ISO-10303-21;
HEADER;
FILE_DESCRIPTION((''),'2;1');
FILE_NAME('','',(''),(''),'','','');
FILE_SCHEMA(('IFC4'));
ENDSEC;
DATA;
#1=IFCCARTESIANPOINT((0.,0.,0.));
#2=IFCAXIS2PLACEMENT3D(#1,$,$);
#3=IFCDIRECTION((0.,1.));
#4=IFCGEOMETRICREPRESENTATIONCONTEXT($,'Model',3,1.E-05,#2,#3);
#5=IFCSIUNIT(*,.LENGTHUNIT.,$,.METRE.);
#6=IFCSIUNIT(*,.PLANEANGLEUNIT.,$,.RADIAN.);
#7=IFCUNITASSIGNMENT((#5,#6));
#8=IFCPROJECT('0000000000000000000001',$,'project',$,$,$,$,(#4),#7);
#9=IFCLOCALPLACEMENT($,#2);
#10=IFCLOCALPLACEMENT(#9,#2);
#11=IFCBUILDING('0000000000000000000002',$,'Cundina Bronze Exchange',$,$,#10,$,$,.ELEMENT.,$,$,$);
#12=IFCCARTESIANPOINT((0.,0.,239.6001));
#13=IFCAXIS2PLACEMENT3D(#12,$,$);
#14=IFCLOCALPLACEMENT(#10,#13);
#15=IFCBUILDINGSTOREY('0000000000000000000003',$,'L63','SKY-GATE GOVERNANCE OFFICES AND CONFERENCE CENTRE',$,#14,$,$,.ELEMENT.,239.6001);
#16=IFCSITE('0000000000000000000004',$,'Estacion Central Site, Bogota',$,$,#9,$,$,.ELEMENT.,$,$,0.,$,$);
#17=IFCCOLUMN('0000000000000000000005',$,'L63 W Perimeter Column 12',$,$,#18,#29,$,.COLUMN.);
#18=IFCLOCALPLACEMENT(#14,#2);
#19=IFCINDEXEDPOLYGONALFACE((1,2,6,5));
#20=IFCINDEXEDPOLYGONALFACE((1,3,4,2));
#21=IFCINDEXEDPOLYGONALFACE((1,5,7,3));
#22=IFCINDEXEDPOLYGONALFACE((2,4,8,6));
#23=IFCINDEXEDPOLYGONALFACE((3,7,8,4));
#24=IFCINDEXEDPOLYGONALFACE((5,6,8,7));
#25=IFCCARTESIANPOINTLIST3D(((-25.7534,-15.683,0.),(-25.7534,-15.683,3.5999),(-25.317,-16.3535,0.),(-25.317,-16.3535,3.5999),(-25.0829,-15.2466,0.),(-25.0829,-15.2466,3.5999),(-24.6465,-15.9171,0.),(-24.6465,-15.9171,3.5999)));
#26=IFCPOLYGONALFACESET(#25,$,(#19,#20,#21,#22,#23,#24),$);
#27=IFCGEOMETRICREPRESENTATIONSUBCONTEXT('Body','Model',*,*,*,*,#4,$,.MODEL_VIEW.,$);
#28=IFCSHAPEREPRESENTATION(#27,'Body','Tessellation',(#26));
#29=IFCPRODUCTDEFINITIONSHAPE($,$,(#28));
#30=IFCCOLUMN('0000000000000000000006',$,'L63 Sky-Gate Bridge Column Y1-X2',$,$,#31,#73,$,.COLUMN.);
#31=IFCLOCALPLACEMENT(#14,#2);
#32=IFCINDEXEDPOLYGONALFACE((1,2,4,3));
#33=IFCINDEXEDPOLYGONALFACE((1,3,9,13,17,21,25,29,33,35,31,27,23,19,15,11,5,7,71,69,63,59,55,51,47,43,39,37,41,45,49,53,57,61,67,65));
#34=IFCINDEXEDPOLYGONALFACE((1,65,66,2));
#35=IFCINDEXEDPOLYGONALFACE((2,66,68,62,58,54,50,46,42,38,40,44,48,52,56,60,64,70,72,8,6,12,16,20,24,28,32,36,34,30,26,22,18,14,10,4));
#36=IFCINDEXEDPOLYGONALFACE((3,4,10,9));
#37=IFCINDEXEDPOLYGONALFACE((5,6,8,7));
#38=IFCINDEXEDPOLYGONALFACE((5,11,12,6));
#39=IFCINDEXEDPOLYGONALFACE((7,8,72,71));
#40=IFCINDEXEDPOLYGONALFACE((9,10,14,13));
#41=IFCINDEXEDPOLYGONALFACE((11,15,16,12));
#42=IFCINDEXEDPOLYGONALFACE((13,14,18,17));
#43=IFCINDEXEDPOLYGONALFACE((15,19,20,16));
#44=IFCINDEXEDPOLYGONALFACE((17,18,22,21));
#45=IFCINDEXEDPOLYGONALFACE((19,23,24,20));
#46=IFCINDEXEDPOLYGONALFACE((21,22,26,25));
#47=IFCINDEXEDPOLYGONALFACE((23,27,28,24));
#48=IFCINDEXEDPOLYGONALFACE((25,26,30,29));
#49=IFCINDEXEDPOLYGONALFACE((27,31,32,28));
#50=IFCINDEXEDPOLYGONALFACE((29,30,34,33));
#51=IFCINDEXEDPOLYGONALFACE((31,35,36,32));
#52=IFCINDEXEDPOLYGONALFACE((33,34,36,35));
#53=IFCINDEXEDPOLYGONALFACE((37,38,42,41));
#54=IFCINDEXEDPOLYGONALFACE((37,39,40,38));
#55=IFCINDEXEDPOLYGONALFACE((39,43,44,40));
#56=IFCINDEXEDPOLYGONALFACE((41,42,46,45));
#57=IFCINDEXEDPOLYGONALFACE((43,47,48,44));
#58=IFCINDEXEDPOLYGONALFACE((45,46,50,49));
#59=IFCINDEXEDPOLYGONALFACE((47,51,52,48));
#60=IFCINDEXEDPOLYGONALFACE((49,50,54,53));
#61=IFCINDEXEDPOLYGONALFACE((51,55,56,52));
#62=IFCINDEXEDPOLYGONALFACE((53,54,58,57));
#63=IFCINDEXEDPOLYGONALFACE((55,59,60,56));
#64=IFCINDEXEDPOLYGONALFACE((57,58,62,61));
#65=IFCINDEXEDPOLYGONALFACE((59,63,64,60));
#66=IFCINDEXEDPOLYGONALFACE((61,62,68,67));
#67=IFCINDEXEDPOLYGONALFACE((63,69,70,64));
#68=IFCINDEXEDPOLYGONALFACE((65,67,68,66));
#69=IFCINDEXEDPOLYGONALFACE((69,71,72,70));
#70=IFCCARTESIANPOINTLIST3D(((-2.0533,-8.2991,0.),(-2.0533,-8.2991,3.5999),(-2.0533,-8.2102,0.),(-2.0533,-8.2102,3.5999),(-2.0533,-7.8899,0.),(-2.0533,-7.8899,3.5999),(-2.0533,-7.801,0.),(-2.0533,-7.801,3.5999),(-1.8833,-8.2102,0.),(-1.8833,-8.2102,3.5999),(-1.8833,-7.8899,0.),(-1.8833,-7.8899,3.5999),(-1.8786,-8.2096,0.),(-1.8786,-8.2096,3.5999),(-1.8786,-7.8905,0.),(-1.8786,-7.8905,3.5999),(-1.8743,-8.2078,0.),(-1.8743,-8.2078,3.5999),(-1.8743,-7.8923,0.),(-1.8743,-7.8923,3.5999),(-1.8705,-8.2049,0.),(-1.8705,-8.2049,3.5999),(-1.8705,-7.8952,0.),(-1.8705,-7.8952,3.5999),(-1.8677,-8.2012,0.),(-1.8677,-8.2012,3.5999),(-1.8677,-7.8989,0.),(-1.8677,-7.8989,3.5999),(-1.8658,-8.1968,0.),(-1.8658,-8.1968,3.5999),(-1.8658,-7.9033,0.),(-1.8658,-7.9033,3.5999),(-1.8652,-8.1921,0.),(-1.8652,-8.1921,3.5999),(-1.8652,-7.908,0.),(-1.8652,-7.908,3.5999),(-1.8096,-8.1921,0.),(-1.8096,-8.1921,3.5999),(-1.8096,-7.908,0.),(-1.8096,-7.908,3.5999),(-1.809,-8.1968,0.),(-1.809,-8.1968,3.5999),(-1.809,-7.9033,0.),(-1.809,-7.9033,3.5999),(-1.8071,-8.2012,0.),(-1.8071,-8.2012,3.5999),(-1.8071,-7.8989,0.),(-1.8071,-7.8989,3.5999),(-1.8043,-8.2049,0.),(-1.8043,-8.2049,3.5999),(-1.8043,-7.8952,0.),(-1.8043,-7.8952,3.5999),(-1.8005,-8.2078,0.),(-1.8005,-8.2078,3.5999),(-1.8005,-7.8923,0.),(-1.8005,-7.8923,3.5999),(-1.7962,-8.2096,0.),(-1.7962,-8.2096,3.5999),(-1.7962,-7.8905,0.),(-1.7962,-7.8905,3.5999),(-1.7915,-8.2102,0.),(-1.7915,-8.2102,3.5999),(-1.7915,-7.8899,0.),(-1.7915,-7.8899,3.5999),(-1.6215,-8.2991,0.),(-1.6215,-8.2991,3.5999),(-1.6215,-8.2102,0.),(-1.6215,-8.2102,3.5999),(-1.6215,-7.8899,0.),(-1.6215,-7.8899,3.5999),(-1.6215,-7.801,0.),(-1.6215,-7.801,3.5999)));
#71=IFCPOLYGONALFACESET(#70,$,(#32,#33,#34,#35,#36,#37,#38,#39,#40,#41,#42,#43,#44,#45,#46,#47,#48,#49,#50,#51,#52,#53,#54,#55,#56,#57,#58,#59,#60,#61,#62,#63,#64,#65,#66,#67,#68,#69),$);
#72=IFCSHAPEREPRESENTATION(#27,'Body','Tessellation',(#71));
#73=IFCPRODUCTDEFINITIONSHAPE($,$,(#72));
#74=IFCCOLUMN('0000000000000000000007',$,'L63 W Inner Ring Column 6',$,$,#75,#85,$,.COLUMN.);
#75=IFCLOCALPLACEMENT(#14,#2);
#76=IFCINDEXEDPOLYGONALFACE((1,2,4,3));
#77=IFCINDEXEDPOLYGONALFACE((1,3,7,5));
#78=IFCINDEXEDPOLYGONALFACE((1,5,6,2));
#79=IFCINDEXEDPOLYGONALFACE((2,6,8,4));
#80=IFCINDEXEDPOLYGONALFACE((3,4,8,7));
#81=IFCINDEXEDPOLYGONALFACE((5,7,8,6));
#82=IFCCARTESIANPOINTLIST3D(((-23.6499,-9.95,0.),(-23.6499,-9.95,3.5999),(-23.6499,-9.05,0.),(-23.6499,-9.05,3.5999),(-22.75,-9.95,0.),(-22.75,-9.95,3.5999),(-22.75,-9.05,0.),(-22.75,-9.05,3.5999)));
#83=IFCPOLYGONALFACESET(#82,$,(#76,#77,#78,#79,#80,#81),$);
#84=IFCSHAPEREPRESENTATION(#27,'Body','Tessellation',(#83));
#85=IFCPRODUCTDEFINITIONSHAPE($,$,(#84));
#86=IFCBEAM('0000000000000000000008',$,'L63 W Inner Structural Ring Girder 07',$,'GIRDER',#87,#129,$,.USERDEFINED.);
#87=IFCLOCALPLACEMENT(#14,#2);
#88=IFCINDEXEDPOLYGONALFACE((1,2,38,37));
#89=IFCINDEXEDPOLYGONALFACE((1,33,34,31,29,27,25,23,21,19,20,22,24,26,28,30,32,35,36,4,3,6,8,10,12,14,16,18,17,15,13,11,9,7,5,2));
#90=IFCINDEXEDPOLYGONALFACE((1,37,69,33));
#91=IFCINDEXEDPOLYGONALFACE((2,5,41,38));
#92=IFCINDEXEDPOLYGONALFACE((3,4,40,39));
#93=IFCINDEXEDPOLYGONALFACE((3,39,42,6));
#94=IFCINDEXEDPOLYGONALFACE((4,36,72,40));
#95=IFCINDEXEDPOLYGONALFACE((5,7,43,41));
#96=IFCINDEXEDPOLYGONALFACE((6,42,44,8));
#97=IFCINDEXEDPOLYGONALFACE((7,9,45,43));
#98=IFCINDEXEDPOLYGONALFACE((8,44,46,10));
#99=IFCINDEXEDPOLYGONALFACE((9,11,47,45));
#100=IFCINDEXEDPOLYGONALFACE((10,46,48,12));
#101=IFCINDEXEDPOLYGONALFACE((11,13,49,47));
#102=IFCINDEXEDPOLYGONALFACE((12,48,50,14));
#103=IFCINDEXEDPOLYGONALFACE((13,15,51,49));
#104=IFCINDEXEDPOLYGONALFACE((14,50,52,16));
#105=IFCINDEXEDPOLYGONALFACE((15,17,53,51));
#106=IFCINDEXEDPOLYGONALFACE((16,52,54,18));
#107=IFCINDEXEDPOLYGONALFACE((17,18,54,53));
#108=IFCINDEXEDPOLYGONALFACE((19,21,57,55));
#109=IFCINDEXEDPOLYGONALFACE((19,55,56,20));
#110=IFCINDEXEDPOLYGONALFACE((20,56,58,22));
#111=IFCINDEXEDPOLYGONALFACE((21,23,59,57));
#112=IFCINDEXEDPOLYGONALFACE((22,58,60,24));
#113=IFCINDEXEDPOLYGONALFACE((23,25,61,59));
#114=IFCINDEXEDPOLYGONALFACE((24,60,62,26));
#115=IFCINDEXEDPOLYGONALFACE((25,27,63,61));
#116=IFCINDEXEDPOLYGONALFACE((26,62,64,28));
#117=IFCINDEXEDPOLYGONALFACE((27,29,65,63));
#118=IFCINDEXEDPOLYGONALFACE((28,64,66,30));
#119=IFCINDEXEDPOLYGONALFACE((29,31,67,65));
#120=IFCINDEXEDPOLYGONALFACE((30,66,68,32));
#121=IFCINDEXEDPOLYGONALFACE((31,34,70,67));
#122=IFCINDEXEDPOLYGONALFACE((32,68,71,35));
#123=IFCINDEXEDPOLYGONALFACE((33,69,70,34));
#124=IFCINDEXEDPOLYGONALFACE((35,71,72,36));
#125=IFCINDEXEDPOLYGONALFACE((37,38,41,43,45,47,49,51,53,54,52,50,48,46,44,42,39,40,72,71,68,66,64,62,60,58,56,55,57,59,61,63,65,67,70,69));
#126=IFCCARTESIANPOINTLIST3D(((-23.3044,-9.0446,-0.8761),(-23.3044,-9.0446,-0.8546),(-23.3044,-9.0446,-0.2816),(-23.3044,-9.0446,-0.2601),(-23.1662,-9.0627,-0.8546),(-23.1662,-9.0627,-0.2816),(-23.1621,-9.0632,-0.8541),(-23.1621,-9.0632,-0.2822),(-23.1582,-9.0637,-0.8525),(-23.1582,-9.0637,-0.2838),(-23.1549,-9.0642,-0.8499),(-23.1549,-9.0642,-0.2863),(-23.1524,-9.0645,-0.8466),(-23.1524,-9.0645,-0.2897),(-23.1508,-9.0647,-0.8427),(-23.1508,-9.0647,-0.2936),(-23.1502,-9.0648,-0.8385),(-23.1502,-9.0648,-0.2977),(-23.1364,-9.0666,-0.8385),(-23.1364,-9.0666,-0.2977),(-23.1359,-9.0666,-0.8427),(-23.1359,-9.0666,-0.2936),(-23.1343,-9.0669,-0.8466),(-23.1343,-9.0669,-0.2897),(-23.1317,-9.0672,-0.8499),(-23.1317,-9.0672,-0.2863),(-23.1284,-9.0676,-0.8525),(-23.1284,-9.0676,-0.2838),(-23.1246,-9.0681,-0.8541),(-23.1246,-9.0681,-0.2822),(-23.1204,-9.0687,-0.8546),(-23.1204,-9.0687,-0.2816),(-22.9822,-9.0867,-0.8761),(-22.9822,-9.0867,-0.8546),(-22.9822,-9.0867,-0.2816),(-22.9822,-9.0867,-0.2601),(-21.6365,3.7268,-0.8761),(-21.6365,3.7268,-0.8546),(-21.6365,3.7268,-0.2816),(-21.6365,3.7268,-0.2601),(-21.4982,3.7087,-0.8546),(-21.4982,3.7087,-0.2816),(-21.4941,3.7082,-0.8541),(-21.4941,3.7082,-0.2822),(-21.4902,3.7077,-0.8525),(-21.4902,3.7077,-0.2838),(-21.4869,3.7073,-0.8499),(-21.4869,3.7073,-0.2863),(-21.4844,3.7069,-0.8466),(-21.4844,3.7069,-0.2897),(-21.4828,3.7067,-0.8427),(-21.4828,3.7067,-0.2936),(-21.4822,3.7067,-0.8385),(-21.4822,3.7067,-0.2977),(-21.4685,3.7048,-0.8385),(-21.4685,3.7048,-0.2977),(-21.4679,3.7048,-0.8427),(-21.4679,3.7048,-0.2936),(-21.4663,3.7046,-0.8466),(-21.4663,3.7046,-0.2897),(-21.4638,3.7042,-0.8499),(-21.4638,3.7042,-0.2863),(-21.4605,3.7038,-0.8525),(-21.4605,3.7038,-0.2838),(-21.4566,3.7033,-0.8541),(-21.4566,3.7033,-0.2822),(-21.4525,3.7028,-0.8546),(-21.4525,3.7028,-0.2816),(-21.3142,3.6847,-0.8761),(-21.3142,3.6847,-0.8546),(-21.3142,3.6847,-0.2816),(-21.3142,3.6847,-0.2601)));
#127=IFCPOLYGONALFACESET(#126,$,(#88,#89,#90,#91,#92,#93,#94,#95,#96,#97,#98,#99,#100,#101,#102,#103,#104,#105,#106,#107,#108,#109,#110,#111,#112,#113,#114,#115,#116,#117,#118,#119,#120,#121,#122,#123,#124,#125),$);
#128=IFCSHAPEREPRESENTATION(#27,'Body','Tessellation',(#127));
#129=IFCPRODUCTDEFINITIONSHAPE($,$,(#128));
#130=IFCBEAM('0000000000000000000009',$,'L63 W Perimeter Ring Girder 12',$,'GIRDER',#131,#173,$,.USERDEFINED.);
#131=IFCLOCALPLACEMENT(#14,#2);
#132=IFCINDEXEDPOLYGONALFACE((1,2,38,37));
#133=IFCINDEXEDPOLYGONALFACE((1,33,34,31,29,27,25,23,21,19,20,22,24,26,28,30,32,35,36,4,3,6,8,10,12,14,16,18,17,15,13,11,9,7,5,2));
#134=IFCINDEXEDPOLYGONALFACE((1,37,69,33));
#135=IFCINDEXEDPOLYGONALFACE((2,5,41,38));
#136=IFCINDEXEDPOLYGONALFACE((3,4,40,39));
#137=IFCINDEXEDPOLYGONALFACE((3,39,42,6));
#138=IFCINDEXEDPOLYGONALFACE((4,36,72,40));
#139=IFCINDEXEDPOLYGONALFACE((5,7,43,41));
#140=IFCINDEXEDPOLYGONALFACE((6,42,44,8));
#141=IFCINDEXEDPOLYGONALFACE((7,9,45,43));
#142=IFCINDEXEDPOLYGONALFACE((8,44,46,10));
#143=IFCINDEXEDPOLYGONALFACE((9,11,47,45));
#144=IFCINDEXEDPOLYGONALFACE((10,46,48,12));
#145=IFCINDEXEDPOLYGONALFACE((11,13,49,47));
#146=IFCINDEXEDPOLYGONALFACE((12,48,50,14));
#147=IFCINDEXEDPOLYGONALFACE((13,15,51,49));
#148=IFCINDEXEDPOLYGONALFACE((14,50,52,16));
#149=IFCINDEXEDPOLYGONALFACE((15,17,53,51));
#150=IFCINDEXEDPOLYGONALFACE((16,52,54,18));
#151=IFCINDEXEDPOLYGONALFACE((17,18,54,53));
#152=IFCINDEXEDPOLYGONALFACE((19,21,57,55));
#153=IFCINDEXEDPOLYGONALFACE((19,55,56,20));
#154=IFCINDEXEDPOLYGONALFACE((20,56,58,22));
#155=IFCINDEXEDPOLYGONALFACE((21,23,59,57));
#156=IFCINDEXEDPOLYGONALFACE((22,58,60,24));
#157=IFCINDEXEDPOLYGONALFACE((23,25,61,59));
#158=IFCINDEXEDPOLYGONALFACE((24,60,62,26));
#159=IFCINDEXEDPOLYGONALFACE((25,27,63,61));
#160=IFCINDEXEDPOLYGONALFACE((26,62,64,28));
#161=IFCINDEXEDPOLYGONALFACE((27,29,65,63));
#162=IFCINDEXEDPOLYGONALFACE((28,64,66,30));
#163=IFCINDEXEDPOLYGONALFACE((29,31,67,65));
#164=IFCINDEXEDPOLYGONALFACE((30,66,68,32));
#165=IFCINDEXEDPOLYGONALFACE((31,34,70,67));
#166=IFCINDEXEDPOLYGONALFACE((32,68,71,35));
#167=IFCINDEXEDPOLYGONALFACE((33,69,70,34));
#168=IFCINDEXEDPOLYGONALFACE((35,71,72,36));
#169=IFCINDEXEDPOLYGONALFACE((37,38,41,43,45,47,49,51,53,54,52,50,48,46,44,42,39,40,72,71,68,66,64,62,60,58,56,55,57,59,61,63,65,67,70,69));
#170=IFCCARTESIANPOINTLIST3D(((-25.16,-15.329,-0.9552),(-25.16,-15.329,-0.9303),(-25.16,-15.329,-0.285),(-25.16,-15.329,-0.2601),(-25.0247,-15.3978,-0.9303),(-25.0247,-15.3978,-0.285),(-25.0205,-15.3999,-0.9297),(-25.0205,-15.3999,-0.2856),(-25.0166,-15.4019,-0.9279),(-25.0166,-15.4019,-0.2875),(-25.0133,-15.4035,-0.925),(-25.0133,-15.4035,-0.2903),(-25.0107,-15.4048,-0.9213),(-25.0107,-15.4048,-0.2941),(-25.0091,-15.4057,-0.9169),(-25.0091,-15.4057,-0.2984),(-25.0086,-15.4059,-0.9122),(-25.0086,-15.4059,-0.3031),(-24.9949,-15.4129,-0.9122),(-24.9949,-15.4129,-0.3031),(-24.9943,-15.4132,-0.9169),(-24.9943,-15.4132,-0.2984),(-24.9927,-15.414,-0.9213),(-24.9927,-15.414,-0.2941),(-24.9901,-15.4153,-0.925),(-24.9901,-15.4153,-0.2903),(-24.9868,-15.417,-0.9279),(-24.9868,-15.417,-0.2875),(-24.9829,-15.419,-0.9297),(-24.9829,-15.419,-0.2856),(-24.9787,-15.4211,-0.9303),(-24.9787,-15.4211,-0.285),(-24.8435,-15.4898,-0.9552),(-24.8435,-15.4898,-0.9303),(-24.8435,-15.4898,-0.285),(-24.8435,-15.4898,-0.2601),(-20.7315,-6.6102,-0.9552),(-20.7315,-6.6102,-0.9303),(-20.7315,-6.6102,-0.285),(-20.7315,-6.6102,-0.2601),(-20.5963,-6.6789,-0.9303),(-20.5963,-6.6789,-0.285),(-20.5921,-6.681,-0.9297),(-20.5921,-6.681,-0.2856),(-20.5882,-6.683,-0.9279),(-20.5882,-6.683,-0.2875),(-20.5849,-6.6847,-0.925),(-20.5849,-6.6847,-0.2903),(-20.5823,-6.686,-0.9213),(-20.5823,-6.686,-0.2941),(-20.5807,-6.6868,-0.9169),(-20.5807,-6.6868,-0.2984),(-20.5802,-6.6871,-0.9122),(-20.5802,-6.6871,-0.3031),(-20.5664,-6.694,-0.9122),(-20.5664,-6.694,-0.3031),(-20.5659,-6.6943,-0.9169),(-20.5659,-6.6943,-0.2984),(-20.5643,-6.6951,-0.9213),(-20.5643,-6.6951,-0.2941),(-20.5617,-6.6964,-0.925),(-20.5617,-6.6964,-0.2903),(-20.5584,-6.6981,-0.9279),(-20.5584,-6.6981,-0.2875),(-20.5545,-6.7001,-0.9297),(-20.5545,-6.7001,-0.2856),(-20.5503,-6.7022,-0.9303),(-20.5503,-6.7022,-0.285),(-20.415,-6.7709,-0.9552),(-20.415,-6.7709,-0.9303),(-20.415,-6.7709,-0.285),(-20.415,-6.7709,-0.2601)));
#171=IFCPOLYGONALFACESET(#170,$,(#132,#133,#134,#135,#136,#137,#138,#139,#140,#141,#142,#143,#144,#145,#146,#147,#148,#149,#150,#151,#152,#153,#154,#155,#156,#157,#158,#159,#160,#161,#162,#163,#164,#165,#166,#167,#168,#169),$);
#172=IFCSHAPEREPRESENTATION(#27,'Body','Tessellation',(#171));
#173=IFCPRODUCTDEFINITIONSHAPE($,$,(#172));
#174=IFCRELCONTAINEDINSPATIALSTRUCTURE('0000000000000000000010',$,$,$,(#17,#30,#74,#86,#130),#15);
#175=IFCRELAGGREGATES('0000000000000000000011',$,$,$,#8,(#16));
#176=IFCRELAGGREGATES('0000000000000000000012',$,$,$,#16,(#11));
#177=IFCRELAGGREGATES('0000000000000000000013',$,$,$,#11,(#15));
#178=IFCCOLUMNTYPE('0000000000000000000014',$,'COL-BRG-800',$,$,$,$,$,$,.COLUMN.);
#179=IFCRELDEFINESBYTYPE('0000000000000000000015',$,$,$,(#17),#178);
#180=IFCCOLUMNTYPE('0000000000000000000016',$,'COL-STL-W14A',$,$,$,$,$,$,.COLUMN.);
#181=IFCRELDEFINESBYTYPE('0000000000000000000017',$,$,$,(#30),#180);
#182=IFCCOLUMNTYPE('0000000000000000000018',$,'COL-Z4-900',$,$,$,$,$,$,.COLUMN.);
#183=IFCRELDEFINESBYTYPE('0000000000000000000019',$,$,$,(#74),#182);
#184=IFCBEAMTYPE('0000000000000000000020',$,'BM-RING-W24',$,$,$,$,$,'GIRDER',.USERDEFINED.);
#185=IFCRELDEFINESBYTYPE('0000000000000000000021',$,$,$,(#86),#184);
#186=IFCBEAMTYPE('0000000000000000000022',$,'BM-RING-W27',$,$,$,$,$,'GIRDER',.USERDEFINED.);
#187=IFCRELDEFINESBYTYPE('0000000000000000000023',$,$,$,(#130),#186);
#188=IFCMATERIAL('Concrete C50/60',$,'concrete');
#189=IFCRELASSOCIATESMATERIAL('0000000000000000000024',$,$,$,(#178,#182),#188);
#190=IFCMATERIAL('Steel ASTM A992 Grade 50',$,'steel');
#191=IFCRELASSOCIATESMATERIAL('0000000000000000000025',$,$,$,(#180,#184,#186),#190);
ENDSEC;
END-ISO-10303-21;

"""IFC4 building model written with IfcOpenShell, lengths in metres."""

from ifc_helpers import new_model, si_unit, direction, frame, origin, origin_2d, place, context, subcontext, project, spatial, rectangle, i_section, extrude, material, material_profile, profile_set, type_object, element, save


model = new_model("IFC4")

# Units and contexts
model_context = context("Model", 3, precision=1e-05, world=origin(), true_north=direction((0.0, 1.0)))
body_context = subcontext(model_context, "Body", "Model", "MODEL_VIEW")
ifc_project = project(units=[si_unit("LENGTHUNIT", "METRE"), si_unit("PLANEANGLEUNIT", "RADIAN")], contexts=[model_context])

# Site, building, storey
site_placement = place(None, origin())
site = spatial("IfcSite", under=ifc_project, at=site_placement, Name="Estacion Central Site, Bogota", CompositionType="ELEMENT", RefElevation=0.0)
building_placement = place(site_placement, origin())
building = spatial("IfcBuilding", under=site, at=building_placement, Name="Cundina Bronze Exchange", CompositionType="ELEMENT")
storey_placement = place(building_placement, frame((0.0, 0.0, 239.6001)))
storey = spatial("IfcBuildingStorey", under=building, at=storey_placement, Name="L63", Description="SKY-GATE GOVERNANCE OFFICES AND CONFERENCE CENTRE", CompositionType="ELEMENT", Elevation=239.6001)

# Columns
ifc_material_1 = material(Name="Concrete C50/60", Category="concrete")
ifc_material_profile_1 = material_profile(ifc_material_1, rectangle(XDim=0.8, YDim=0.8, at=origin_2d()), Name="RC800X800", Category="concrete")
ifc_profile_set_1 = profile_set([ifc_material_profile_1], Name="Concrete C50/60")
column_type_1 = type_object("IfcColumnType", Name="COL-BRG-800", PredefinedType="COLUMN", material=ifc_profile_set_1)
column_1_placement = place(storey_placement, frame((-25.2, -15.8, 0.0), z_axis=(0.0, 0.0, 1.0), x_axis=(0.8381, 0.545517, 0.0)))
element("IfcColumn", 1, at=column_1_placement, inside=storey, type_object=column_type_1, Name="L63 W Perimeter Column 12", PredefinedType="COLUMN", context=body_context, shape_type="SweptSolid", body=[
    extrude(rectangle(XDim=0.8, YDim=0.8, at=origin_2d()), origin(), (0.0, 0.0, 1.0), 3.5999),
])
ifc_material_2 = material(Name="Steel ASTM A992 Grade 50", Category="steel")
ifc_material_profile_2 = material_profile(ifc_material_2, i_section(OverallWidth=0.4319, OverallDepth=0.498, WebThickness=0.0557, FlangeThickness=0.0889, FilletRadius=0.0181, at=origin_2d()), Name="W14X500", Category="steel")
ifc_profile_set_2 = profile_set([ifc_material_profile_2], Name="Steel ASTM A992 Grade 50")
column_type_2 = type_object("IfcColumnType", Name="COL-STL-W14A", PredefinedType="COLUMN", material=ifc_profile_set_2)
column_2_placement = place(storey_placement, frame((-1.8374, -8.05, 0.0), z_axis=(0.0, 0.0, 1.0), x_axis=(1.0, 0.0, 0.0)))
element("IfcColumn", 2, at=column_2_placement, inside=storey, type_object=column_type_2, Name="L63 Sky-Gate Bridge Column Y1-X2", PredefinedType="COLUMN", context=body_context, shape_type="SweptSolid", body=[
    extrude(i_section(OverallWidth=0.4319, OverallDepth=0.498, WebThickness=0.0557, FlangeThickness=0.0889, FilletRadius=0.0181, at=origin_2d()), origin(), (0.0, 0.0, 1.0), 3.5999),
])
ifc_material_profile_3 = material_profile(ifc_material_1, rectangle(XDim=0.8999, YDim=0.8999, at=origin_2d()), Name="RC900X900", Category="concrete")
ifc_profile_set_3 = profile_set([ifc_material_profile_3], Name="Concrete C50/60")
column_type_3 = type_object("IfcColumnType", Name="COL-Z4-900", PredefinedType="COLUMN", material=ifc_profile_set_3)
column_3_placement = place(storey_placement, frame((-23.2, -9.5, 0.0), z_axis=(0.0, 0.0, 1.0), x_axis=(1.0, 0.0, 0.0)))
element("IfcColumn", 3, at=column_3_placement, inside=storey, type_object=column_type_3, Name="L63 W Inner Ring Column 6", PredefinedType="COLUMN", context=body_context, shape_type="SweptSolid", body=[
    extrude(rectangle(XDim=0.8999, YDim=0.8999, at=origin_2d()), origin(), (0.0, 0.0, 1.0), 3.5999),
])

# Beams
ifc_material_profile_4 = material_profile(ifc_material_2, i_section(OverallWidth=0.325, OverallDepth=0.616, WebThickness=0.0139, FlangeThickness=0.0215, FilletRadius=0.0161, at=origin_2d()), Name="W24X117", Category="steel")
ifc_profile_set_4 = profile_set([ifc_material_profile_4], Name="Steel ASTM A992 Grade 50")
beam_type_1 = type_object("IfcBeamType", Name="BM-RING-W24", ElementType="GIRDER", PredefinedType="USERDEFINED", material=ifc_profile_set_4)
beam_1_placement = place(storey_placement, frame((-23.1433, -9.0657, -0.5681), z_axis=(0.129501, 0.991579, 0.0), x_axis=(-0.991579, 0.129501, 0.0)))
element("IfcBeam", 4, at=beam_1_placement, inside=storey, type_object=beam_type_1, Name="L63 W Inner Structural Ring Girder 07", ObjectType="GIRDER", PredefinedType="USERDEFINED", context=body_context, shape_type="SweptSolid", body=[
    extrude(i_section(OverallWidth=0.325, OverallDepth=0.616, WebThickness=0.0139, FlangeThickness=0.0215, FilletRadius=0.0161, at=origin_2d()), origin(), (0.0, 0.0, 1.0), 12.8799),
])
ifc_material_profile_5 = material_profile(ifc_material_2, i_section(OverallWidth=0.355, OverallDepth=0.6951, WebThickness=0.0154, FlangeThickness=0.0249, FilletRadius=0.0181, at=origin_2d()), Name="W27X146", Category="steel")
ifc_profile_set_5 = profile_set([ifc_material_profile_5], Name="Steel ASTM A992 Grade 50")
beam_type_2 = type_object("IfcBeamType", Name="BM-RING-W27", ElementType="GIRDER", PredefinedType="USERDEFINED", material=ifc_profile_set_5)
beam_2_placement = place(storey_placement, frame((-25.0017, -15.4094, -0.6077), z_axis=(0.452847, 0.891588, 0.0), x_axis=(-0.891588, 0.452847, 0.0)))
element("IfcBeam", 5, at=beam_2_placement, inside=storey, type_object=beam_type_2, Name="L63 W Perimeter Ring Girder 12", ObjectType="GIRDER", PredefinedType="USERDEFINED", context=body_context, shape_type="SweptSolid", body=[
    extrude(i_section(OverallWidth=0.355, OverallDepth=0.6951, WebThickness=0.0154, FlangeThickness=0.0249, FilletRadius=0.0181, at=origin_2d()), origin(), (0.0, 0.0, 1.0), 9.7791),
])

save(model, "model.ifc")
